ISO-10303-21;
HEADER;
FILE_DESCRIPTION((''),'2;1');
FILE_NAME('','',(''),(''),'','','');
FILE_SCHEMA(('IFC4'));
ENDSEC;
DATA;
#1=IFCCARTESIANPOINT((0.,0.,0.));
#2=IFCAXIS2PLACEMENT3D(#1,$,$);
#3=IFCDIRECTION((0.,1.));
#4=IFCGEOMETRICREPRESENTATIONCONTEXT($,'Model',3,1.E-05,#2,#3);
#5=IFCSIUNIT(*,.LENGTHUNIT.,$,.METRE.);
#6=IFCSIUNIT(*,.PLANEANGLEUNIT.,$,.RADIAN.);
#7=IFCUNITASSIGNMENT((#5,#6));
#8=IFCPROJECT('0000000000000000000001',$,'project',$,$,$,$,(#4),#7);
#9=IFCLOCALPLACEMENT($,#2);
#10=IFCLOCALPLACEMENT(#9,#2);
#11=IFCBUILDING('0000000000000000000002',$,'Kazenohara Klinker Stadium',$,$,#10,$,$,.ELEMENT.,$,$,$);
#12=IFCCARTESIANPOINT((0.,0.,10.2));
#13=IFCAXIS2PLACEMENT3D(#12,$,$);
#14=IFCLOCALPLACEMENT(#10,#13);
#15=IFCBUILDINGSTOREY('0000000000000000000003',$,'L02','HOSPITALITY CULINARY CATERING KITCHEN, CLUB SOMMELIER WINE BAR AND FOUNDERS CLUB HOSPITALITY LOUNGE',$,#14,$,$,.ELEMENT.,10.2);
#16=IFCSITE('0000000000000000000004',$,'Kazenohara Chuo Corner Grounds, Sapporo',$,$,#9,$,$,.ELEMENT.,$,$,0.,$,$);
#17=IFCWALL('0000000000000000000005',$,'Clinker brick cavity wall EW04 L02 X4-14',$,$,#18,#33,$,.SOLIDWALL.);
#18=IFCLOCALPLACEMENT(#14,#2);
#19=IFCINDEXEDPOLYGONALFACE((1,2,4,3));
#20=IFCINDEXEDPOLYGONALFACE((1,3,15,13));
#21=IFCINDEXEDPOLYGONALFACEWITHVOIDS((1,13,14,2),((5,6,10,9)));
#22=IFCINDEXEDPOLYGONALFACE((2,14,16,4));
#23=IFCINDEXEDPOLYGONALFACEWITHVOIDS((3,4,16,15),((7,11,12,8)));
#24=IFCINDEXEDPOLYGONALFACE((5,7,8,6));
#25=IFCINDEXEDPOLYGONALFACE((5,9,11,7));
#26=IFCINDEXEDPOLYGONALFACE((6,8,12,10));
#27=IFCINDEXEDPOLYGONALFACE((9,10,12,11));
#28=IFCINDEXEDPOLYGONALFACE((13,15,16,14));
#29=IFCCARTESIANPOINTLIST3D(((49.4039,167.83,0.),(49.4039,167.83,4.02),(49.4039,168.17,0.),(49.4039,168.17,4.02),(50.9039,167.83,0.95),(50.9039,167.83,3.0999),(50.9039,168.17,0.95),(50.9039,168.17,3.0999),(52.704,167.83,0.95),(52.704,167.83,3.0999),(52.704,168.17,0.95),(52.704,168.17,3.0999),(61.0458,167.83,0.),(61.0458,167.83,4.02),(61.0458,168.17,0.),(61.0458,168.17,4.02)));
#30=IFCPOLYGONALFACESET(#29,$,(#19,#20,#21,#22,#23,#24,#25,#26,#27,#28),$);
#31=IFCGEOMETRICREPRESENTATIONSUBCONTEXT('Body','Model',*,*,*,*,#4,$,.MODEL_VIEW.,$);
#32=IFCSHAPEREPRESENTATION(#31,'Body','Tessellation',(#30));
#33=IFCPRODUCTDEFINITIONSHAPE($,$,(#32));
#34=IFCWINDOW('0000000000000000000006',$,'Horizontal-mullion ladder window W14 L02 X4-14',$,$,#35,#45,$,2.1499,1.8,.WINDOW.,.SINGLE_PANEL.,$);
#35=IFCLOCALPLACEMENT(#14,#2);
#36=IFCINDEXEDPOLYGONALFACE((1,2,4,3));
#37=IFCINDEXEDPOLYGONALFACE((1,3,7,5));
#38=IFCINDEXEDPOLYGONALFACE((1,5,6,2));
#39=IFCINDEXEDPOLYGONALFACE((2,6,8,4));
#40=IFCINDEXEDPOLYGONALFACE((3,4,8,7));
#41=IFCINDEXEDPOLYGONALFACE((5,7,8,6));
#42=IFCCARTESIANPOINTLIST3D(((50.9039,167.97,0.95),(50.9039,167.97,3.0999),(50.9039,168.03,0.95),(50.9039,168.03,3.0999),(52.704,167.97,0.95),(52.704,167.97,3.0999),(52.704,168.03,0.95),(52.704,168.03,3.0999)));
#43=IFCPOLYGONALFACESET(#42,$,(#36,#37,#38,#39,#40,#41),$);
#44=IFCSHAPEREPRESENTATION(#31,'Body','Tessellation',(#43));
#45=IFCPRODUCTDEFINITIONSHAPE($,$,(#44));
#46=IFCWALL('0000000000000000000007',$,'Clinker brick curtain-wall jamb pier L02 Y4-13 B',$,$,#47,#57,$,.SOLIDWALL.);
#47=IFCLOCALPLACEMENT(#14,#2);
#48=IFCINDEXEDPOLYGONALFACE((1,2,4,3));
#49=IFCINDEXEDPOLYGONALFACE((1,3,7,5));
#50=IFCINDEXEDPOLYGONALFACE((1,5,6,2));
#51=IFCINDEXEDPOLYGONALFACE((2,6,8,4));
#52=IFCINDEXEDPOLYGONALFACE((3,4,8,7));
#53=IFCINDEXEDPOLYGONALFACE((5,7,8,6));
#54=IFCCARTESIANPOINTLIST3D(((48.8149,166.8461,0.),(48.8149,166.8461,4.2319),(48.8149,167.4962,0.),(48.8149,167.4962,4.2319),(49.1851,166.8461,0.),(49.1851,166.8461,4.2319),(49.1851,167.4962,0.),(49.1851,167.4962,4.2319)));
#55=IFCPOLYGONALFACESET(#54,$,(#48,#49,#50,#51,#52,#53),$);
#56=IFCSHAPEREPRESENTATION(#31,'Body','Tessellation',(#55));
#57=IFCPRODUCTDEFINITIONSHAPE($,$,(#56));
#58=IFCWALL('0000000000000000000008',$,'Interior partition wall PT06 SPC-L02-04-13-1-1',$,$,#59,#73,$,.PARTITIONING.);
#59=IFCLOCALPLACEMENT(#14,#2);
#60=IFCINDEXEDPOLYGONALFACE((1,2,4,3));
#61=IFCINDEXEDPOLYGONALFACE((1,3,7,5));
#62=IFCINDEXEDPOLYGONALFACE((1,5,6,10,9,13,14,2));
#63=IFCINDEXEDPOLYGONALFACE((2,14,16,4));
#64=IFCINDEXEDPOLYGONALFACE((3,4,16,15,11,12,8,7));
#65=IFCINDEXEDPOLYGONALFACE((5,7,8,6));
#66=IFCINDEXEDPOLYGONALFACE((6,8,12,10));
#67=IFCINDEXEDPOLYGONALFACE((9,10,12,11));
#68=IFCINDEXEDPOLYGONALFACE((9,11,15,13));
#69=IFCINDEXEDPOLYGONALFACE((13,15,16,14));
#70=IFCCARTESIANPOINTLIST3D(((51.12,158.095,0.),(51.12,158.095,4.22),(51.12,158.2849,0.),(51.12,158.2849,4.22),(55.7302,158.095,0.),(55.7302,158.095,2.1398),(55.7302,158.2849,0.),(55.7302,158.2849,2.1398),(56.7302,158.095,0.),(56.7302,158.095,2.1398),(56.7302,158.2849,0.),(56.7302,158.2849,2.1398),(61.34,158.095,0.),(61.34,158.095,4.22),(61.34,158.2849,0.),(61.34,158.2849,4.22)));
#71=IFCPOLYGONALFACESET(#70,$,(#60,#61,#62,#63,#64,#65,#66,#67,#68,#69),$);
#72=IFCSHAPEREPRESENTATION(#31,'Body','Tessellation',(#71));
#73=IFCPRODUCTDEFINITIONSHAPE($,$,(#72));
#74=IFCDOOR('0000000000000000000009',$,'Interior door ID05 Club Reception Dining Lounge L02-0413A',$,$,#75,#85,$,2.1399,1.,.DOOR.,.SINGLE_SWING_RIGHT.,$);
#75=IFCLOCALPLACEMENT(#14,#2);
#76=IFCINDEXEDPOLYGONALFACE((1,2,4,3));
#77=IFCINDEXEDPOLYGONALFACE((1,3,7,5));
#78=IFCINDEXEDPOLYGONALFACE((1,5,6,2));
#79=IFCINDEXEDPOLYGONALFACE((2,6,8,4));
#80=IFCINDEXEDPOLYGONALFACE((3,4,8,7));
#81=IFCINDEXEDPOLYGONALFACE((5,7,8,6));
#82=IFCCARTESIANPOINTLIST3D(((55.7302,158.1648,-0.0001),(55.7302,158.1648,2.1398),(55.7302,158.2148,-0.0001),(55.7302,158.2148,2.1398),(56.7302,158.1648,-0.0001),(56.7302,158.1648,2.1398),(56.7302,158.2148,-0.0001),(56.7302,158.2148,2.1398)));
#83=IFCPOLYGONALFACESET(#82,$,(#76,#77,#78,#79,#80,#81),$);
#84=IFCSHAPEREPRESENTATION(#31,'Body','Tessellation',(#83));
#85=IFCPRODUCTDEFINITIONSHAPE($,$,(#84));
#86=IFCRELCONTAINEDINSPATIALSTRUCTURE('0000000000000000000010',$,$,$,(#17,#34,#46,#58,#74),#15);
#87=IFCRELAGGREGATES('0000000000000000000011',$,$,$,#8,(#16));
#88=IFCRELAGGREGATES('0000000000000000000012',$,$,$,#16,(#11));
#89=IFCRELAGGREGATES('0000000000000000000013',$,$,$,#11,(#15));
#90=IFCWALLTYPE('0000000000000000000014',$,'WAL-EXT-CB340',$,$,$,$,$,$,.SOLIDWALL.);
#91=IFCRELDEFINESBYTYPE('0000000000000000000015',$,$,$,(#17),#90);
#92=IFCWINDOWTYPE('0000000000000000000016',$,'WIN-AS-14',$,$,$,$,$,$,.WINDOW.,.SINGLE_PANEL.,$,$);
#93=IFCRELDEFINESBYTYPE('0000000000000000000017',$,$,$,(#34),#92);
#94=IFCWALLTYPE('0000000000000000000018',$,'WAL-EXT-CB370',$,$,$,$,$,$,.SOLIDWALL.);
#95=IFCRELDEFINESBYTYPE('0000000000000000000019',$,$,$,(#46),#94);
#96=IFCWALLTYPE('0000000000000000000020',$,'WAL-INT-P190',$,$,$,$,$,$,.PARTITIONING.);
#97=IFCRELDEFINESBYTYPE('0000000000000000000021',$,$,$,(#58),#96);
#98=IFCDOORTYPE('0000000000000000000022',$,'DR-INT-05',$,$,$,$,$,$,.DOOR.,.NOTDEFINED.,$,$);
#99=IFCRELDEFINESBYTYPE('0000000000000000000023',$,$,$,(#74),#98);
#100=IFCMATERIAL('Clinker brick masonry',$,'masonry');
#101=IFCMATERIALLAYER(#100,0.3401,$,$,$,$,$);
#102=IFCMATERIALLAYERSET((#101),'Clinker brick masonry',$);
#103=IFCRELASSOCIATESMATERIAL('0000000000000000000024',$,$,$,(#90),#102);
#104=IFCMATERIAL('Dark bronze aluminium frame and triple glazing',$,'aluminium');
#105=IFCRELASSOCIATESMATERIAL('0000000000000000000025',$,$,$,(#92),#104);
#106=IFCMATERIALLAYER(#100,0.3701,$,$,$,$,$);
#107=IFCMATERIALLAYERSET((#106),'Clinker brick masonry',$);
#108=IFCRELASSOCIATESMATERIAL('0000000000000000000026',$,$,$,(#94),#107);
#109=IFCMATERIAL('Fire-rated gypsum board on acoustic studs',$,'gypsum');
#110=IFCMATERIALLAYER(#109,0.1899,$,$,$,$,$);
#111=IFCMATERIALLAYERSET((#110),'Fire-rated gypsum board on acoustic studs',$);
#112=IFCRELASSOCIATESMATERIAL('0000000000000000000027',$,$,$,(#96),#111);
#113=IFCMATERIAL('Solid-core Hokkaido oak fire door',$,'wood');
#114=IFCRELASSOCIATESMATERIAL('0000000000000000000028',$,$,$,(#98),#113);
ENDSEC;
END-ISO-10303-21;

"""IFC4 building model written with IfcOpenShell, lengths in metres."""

from ifc_helpers import new_model, si_unit, direction, frame, frame_2d, origin, place, context, subcontext, project, spatial, rectangle, extrude, material, layer, layer_set, type_object, element, fill, save


model = new_model("IFC4")

# Units and contexts
model_context = context("Model", 3, precision=1e-05, world=origin(), true_north=direction((0.0, 1.0)))
body_context = subcontext(model_context, "Body", "Model", "MODEL_VIEW")
ifc_project = project(units=[si_unit("LENGTHUNIT", "METRE"), si_unit("PLANEANGLEUNIT", "RADIAN")], contexts=[model_context])

# Site, building, storey
site_placement = place(None, origin())
site = spatial("IfcSite", under=ifc_project, at=site_placement, Name="Kazenohara Chuo Corner Grounds, Sapporo", CompositionType="ELEMENT", RefElevation=0.0)
building_placement = place(site_placement, origin())
building = spatial("IfcBuilding", under=site, at=building_placement, Name="Kazenohara Klinker Stadium", CompositionType="ELEMENT")
storey_placement = place(building_placement, frame((0.0, 0.0, 10.2)))
storey = spatial("IfcBuildingStorey", under=building, at=storey_placement, Name="L02", Description="HOSPITALITY CULINARY CATERING KITCHEN, CLUB SOMMELIER WINE BAR AND FOUNDERS CLUB HOSPITALITY LOUNGE", CompositionType="ELEMENT", Elevation=10.2)

# Wall, opening, window
ifc_material_1 = material(Name="Clinker brick masonry", Category="masonry")
ifc_layer_1 = layer(ifc_material_1, 0.3401)
ifc_layer_set_1 = layer_set([ifc_layer_1], Name="Clinker brick masonry")
wall_type_1 = type_object("IfcWallType", Name="WAL-EXT-CB340", PredefinedType="SOLIDWALL", material=ifc_layer_set_1)
wall_1_placement = place(storey_placement, frame((49.4041, 168.0, 0.0), z_axis=(0.0, 0.0, 1.0), x_axis=(1.0, 0.0, 0.0)))
wall_1 = element("IfcWall", 1, at=wall_1_placement, inside=storey, type_object=wall_type_1, Name="Clinker brick cavity wall EW04 L02 X4-14", PredefinedType="SOLIDWALL", context=body_context, shape_type="SweptSolid", body=[
    extrude(rectangle(XDim=11.6418, YDim=0.3401, at=frame_2d((5.8208, 0.0))), origin(), (0.0, 0.0, 1.0), 4.02),
])
opening_1_placement = place(wall_1_placement, frame((1.5, 0.0, 0.95)))
opening_1 = element("IfcOpeningElement", 2, at=opening_1_placement, cuts=wall_1, PredefinedType="OPENING", context=body_context, shape_type="SweptSolid", body=[
    extrude(rectangle(XDim=1.8, YDim=2.1499, at=frame_2d((0.8999, 1.075))), frame((0.0, 0.1802, 0.0), z_axis=(0.0, -1.0, 0.0), x_axis=(1.0, 0.0, 0.0)), (0.0, 0.0, 1.0), 0.3601),
])
ifc_material_2 = material(Name="Dark bronze aluminium frame and triple glazing", Category="aluminium")
window_type = type_object("IfcWindowType", Name="WIN-AS-14", PartitioningType="SINGLE_PANEL", PredefinedType="WINDOW", material=ifc_material_2)
window_placement = place(opening_1_placement, origin())
window = element("IfcWindow", 3, at=window_placement, inside=storey, type_object=window_type, Name="Horizontal-mullion ladder window W14 L02 X4-14", OverallHeight=2.1499, OverallWidth=1.8, PartitioningType="SINGLE_PANEL", PredefinedType="WINDOW", context=body_context, shape_type="SweptSolid", body=[
    extrude(rectangle(XDim=1.8, YDim=2.1499, at=frame_2d((0.8999, 1.075))), frame((0.0, 0.03, 0.0), z_axis=(0.0, -1.0, 0.0), x_axis=(1.0, 0.0, 0.0)), (0.0, 0.0, 1.0), 0.0601),
])
fill(opening_1, window)

# Wall
ifc_layer_2 = layer(ifc_material_1, 0.3701)
ifc_layer_set_2 = layer_set([ifc_layer_2], Name="Clinker brick masonry")
wall_type_2 = type_object("IfcWallType", Name="WAL-EXT-CB370", PredefinedType="SOLIDWALL", material=ifc_layer_set_2)
wall_2_placement = place(storey_placement, frame((49.0, 166.8459, 0.0), z_axis=(0.0, 0.0, 1.0), x_axis=(0.0, 1.0, 0.0)))
element("IfcWall", 4, at=wall_2_placement, inside=storey, type_object=wall_type_2, Name="Clinker brick curtain-wall jamb pier L02 Y4-13 B", PredefinedType="SOLIDWALL", context=body_context, shape_type="SweptSolid", body=[
    extrude(rectangle(XDim=0.6501, YDim=0.3701, at=frame_2d((0.3252, 0.0))), origin(), (0.0, 0.0, 1.0), 4.2319),
])

# Wall, opening, door
ifc_material_3 = material(Name="Fire-rated gypsum board on acoustic studs", Category="gypsum")
ifc_layer_3 = layer(ifc_material_3, 0.1899)
ifc_layer_set_3 = layer_set([ifc_layer_3], Name="Fire-rated gypsum board on acoustic studs")
wall_type_3 = type_object("IfcWallType", Name="WAL-INT-P190", PredefinedType="PARTITIONING", material=ifc_layer_set_3)
wall_3_placement = place(storey_placement, frame((51.1201, 158.1899, 0.0), z_axis=(0.0, 0.0, 1.0), x_axis=(1.0, 0.0, 0.0)))
wall_3 = element("IfcWall", 5, at=wall_3_placement, inside=storey, type_object=wall_type_3, Name="Interior partition wall PT06 SPC-L02-04-13-1-1", PredefinedType="PARTITIONING", context=body_context, shape_type="SweptSolid", body=[
    extrude(rectangle(XDim=10.22, YDim=0.1899, at=frame_2d((5.1099, 0.0))), origin(), (0.0, 0.0, 1.0), 4.22),
])
opening_2_placement = place(wall_3_placement, frame((4.6101, 0.0, 0.0)))
opening_2 = element("IfcOpeningElement", 6, at=opening_2_placement, cuts=wall_3, PredefinedType="OPENING", context=body_context, shape_type="SweptSolid", body=[
    extrude(rectangle(XDim=1.0, YDim=2.1399, at=frame_2d((0.5, 1.0698))), frame((0.0, 0.105, 0.0), z_axis=(0.0, -1.0, 0.0), x_axis=(1.0, 0.0, 0.0)), (0.0, 0.0, 1.0), 0.21),
])
ifc_material_4 = material(Name="Solid-core Hokkaido oak fire door", Category="wood")
door_type = type_object("IfcDoorType", Name="DR-INT-05", OperationType="NOTDEFINED", PredefinedType="DOOR", material=ifc_material_4)
door_placement = place(opening_2_placement, origin())
door = element("IfcDoor", 7, at=door_placement, inside=storey, type_object=door_type, Name="Interior door ID05 Club Reception Dining Lounge L02-0413A", OperationType="SINGLE_SWING_RIGHT", OverallHeight=2.1399, OverallWidth=1.0, PredefinedType="DOOR", context=body_context, shape_type="SweptSolid", body=[
    extrude(rectangle(XDim=1.0, YDim=2.1399, at=frame_2d((0.5, 1.0698))), frame((0.0, 0.0249, 0.0), z_axis=(0.0, -1.0, 0.0), x_axis=(1.0, 0.0, 0.0)), (0.0, 0.0, 1.0), 0.05),
])
fill(opening_2, door)

save(model, "model.ifc")
